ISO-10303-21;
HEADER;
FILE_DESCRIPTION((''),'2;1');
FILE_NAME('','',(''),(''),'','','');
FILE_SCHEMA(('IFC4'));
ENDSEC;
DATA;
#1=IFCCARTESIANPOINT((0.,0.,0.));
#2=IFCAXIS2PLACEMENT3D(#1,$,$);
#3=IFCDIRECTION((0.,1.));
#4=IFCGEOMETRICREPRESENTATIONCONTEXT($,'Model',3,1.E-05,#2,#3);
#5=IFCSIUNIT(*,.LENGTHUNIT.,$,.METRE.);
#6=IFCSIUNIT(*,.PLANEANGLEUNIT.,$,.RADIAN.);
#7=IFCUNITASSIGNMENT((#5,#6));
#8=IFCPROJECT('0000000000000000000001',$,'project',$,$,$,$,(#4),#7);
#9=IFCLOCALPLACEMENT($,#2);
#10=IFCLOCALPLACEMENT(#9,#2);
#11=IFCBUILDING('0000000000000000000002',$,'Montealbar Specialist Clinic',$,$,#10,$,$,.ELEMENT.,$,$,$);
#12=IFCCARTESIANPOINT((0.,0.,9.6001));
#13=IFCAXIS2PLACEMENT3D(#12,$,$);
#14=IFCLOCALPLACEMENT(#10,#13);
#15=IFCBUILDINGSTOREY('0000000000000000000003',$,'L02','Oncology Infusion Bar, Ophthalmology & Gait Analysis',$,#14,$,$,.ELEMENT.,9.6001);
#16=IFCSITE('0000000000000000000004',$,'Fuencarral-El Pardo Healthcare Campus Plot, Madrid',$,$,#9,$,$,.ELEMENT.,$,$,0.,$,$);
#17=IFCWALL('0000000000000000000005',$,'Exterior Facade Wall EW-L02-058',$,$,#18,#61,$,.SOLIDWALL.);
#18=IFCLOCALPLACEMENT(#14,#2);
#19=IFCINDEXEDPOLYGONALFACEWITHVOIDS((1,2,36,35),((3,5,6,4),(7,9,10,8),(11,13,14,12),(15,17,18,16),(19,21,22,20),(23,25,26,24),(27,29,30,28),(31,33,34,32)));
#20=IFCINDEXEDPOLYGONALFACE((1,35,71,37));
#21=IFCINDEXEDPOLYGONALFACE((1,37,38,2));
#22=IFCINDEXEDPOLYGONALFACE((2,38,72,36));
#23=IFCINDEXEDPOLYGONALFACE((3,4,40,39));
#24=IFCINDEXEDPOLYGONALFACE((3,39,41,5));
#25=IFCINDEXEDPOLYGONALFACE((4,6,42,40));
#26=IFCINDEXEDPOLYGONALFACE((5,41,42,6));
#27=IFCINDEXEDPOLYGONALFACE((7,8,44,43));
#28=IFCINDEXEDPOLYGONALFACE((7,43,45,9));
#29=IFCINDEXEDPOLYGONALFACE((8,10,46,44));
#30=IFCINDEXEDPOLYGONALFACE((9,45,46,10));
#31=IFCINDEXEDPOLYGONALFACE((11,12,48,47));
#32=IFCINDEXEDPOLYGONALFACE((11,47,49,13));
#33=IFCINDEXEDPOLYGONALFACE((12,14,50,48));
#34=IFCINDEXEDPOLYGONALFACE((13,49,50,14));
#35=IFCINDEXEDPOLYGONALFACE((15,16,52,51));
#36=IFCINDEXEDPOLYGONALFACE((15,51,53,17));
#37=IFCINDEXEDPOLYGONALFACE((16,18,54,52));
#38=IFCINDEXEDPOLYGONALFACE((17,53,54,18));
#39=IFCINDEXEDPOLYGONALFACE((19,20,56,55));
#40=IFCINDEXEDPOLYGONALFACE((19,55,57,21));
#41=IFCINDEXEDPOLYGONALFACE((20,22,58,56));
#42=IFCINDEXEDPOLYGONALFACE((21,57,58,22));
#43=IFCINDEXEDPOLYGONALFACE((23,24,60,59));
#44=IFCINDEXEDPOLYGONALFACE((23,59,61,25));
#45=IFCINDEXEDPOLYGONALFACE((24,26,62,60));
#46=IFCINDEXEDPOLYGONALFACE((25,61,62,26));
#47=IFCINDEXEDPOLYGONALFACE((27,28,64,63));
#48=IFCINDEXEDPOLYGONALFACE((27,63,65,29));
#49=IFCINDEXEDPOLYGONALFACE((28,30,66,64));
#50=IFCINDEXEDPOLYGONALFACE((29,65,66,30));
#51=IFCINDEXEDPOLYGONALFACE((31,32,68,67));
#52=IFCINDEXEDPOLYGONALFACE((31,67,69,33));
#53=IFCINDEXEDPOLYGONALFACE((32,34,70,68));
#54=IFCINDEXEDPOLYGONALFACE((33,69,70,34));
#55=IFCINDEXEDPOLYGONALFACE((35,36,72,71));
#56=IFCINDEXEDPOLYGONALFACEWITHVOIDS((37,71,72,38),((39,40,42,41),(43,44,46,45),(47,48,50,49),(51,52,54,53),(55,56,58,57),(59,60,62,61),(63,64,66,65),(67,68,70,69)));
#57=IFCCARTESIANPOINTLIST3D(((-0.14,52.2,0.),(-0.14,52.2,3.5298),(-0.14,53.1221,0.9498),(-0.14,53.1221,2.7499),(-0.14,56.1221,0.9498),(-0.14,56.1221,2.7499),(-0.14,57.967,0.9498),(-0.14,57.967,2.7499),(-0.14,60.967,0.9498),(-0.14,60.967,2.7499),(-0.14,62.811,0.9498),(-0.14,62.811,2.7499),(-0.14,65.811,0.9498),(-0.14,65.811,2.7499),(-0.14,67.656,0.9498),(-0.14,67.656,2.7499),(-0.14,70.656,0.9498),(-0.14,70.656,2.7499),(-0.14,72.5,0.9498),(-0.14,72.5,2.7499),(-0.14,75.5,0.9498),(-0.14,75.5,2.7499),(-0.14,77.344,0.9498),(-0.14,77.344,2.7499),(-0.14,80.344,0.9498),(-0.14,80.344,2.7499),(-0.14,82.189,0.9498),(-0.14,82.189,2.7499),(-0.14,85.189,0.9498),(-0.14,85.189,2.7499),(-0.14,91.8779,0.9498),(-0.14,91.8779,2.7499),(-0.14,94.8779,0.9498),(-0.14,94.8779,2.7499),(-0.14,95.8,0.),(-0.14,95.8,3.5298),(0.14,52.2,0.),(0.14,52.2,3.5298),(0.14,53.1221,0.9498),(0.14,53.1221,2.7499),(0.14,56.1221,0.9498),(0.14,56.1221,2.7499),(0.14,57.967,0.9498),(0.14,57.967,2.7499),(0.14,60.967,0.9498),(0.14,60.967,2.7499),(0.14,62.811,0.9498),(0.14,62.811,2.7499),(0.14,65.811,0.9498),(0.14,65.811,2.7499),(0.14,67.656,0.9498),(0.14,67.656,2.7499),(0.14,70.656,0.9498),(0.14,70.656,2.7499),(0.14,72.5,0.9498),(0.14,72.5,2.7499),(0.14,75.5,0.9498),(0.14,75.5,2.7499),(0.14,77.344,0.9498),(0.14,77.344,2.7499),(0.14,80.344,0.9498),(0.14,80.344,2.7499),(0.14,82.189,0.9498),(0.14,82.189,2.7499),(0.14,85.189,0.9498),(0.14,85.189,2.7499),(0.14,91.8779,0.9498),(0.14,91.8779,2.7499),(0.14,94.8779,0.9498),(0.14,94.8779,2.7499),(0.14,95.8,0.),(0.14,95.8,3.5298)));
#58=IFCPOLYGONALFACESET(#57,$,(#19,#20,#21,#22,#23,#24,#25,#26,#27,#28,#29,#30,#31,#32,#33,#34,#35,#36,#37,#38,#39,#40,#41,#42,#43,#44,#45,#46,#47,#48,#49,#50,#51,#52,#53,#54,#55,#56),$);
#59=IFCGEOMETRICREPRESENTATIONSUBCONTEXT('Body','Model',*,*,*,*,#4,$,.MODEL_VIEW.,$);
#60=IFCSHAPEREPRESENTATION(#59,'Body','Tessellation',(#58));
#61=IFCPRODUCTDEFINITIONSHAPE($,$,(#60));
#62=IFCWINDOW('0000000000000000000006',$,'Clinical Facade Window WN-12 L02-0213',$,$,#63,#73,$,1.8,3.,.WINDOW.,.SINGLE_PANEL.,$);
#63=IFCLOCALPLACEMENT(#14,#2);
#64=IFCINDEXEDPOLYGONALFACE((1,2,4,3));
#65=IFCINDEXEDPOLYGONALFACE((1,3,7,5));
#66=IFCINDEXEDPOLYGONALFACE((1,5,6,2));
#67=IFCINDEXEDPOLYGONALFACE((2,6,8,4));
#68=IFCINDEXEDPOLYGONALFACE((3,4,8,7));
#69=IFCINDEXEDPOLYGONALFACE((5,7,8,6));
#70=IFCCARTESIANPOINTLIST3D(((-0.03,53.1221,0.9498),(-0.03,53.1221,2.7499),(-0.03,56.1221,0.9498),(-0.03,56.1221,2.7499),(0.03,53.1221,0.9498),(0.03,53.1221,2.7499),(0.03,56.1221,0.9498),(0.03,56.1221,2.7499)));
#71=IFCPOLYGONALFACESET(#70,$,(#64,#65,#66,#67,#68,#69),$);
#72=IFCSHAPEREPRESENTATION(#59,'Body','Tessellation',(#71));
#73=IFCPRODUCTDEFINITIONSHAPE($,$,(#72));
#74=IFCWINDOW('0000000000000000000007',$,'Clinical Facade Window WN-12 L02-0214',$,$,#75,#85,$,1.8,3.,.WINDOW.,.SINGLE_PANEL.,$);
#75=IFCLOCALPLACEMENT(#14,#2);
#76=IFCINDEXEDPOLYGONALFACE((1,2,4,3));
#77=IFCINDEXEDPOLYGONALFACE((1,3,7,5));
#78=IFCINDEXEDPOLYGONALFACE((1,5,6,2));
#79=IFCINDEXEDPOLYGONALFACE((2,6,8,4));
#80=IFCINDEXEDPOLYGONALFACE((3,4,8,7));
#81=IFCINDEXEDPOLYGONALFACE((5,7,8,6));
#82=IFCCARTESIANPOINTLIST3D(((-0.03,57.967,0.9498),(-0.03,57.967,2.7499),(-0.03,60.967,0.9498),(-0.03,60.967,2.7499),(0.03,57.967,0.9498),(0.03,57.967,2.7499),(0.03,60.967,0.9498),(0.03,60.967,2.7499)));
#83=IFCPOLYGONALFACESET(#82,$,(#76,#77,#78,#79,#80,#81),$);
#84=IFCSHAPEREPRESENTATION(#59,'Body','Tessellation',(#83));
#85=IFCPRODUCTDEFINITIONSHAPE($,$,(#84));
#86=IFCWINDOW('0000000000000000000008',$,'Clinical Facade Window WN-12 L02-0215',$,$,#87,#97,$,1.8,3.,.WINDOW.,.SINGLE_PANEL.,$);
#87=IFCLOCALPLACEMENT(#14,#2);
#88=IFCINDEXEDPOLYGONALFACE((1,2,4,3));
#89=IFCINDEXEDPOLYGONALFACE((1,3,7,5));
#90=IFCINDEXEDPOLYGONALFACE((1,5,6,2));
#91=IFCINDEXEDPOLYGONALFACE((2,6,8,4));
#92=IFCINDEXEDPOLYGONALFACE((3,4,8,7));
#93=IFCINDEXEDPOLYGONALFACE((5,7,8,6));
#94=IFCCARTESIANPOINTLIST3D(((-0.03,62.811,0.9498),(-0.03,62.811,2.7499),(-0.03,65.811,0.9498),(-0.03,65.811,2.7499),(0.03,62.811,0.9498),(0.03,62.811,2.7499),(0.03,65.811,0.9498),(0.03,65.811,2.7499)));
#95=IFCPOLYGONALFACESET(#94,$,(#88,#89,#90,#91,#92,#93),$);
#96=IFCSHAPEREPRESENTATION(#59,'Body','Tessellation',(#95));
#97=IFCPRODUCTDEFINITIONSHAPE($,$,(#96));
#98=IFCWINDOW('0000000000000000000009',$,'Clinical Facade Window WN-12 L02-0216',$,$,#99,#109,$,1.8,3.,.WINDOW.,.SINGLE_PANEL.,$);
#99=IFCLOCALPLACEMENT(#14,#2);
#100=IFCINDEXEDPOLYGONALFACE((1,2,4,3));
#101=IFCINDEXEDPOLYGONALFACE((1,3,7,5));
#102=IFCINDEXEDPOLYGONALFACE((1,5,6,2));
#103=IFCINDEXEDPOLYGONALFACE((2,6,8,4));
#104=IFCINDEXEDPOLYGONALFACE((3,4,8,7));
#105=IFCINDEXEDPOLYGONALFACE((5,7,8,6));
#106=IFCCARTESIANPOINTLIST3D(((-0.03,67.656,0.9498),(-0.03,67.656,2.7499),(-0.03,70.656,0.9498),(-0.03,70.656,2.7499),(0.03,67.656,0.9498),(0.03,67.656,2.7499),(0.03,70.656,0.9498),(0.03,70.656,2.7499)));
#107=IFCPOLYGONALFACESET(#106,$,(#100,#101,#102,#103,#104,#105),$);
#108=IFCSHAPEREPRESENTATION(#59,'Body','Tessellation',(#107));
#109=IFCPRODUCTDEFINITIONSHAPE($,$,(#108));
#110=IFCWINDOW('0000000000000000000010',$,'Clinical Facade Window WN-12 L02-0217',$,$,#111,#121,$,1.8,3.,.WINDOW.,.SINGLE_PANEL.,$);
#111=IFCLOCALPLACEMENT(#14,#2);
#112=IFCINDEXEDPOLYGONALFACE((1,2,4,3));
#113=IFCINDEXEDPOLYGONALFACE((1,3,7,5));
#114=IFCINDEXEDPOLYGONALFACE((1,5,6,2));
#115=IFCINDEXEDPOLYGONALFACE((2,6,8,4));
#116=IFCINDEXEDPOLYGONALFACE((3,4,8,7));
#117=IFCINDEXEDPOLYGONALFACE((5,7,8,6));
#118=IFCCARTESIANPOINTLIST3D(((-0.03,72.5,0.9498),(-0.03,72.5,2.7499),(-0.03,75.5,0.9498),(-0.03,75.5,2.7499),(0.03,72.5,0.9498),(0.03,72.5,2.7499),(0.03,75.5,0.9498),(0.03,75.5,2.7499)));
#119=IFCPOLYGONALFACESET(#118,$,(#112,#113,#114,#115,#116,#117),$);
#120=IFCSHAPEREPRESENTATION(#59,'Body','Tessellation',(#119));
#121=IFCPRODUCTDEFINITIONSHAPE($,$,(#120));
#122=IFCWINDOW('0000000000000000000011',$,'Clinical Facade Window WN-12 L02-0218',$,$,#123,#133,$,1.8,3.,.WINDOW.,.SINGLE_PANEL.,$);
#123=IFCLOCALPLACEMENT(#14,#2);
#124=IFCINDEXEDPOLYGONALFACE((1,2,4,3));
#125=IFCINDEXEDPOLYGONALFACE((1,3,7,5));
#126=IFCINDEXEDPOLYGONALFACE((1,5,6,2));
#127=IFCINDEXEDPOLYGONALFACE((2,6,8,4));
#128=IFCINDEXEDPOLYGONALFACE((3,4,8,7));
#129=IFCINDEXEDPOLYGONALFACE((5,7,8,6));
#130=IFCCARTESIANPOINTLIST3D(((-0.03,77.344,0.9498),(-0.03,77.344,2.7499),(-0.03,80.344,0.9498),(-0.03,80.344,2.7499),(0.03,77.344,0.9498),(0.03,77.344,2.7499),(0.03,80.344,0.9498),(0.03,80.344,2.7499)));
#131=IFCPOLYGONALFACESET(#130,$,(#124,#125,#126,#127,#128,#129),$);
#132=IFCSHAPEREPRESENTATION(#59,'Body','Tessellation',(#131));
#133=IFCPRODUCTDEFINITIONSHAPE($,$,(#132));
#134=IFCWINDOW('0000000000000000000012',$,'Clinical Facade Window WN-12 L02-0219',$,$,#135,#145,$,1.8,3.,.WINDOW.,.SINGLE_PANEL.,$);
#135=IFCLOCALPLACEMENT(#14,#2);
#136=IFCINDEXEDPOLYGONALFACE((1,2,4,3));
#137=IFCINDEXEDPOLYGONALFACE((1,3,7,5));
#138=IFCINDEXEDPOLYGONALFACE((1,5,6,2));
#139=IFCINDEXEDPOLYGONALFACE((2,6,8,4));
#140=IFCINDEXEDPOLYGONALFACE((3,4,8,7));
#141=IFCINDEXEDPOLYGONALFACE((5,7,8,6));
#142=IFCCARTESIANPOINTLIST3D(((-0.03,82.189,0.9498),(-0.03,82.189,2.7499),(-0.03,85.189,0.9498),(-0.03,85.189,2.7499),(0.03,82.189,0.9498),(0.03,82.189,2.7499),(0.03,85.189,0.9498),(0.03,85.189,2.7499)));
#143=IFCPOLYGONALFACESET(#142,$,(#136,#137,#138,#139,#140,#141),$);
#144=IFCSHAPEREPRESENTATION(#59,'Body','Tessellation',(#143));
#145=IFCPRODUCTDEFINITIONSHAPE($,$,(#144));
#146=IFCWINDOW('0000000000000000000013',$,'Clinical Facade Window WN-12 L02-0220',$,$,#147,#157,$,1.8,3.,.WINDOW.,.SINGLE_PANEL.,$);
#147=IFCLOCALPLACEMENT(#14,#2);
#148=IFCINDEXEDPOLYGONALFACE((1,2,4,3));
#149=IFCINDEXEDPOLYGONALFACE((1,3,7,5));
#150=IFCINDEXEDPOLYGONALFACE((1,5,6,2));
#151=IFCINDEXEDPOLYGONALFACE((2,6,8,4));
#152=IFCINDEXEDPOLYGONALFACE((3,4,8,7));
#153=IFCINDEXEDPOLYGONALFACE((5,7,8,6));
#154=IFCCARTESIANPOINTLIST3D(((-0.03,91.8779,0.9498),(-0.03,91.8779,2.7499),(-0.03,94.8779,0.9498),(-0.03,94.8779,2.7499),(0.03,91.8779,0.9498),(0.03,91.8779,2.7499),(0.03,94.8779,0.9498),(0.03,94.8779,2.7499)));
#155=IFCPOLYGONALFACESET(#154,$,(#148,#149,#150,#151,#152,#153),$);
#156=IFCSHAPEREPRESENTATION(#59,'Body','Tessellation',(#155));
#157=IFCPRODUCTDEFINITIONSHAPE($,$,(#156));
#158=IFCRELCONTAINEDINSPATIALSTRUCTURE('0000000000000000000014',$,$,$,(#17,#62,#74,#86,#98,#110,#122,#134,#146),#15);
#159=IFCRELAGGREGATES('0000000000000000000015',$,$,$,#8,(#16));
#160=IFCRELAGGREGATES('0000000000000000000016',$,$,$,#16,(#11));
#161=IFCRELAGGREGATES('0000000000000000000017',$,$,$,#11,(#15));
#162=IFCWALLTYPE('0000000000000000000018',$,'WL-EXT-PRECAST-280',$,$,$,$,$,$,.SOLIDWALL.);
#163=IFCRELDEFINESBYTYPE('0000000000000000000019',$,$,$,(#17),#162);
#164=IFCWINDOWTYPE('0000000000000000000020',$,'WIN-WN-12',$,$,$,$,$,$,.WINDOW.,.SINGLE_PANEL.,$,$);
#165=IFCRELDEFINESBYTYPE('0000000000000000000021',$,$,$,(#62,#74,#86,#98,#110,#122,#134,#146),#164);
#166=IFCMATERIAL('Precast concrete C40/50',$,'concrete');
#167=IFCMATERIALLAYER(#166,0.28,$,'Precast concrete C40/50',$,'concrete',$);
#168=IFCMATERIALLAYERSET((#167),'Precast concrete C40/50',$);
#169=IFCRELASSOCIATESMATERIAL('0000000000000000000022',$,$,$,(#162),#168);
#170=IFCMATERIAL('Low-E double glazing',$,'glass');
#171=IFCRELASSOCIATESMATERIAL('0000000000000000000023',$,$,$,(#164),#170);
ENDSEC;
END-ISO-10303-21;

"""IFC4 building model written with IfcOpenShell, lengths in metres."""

from ifc_helpers import new_model, si_unit, direction, frame, frame_2d, origin, place, context, subcontext, project, spatial, rectangle, extrude, material, layer, layer_set, type_object, element, fill, save


model = new_model("IFC4")

# Units and contexts
model_context = context("Model", 3, precision=1e-05, world=origin(), true_north=direction((0.0, 1.0)))
body_context = subcontext(model_context, "Body", "Model", "MODEL_VIEW")
ifc_project = project(units=[si_unit("LENGTHUNIT", "METRE"), si_unit("PLANEANGLEUNIT", "RADIAN")], contexts=[model_context])

# Site, building, storey
site_placement = place(None, origin())
site = spatial("IfcSite", under=ifc_project, at=site_placement, Name="Fuencarral-El Pardo Healthcare Campus Plot, Madrid", CompositionType="ELEMENT", RefElevation=0.0)
building_placement = place(site_placement, origin())
building = spatial("IfcBuilding", under=site, at=building_placement, Name="Montealbar Specialist Clinic", CompositionType="ELEMENT")
storey_placement = place(building_placement, frame((0.0, 0.0, 9.6001)))
storey = spatial("IfcBuildingStorey", under=building, at=storey_placement, Name="L02", Description="Oncology Infusion Bar, Ophthalmology & Gait Analysis", CompositionType="ELEMENT", Elevation=9.6001)

# Wall, openings, windows
ifc_material_1 = material(Name="Precast concrete C40/50", Category="concrete")
ifc_layer_1 = layer(ifc_material_1, 0.28, Name="Precast concrete C40/50", Category="concrete")
ifc_layer_set_1 = layer_set([ifc_layer_1], Name="Precast concrete C40/50")
wall_type = type_object("IfcWallType", Name="WL-EXT-PRECAST-280", PredefinedType="SOLIDWALL", material=ifc_layer_set_1)
wall_placement = place(storey_placement, frame((0.0, 52.2, 0.0), z_axis=(0.0, 0.0, 1.0), x_axis=(0.0, 1.0, 0.0)))
wall = element("IfcWall", 1, at=wall_placement, inside=storey, type_object=wall_type, Name="Exterior Facade Wall EW-L02-058", PredefinedType="SOLIDWALL", context=body_context, shape_type="SweptSolid", body=[
    extrude(rectangle(XDim=43.6001, YDim=0.28, at=frame_2d((21.8, 0.0))), origin(), (0.0, 0.0, 1.0), 3.5298),
])
opening_1_placement = place(wall_placement, frame((0.9221, 0.0, 0.95)))
opening_1 = element("IfcOpeningElement", 2, at=opening_1_placement, cuts=wall, PredefinedType="OPENING", context=body_context, shape_type="SweptSolid", body=[
    extrude(rectangle(XDim=3.0, YDim=1.8, at=frame_2d((1.5, 0.8999))), frame((0.0, 0.1499, 0.0), z_axis=(0.0, -1.0, 0.0), x_axis=(1.0, 0.0, 0.0)), (0.0, 0.0, 1.0), 0.3),
])
opening_2_placement = place(wall_placement, frame((5.7671, 0.0, 0.95)))
opening_2 = element("IfcOpeningElement", 3, at=opening_2_placement, cuts=wall, PredefinedType="OPENING", context=body_context, shape_type="SweptSolid", body=[
    extrude(rectangle(XDim=3.0, YDim=1.8, at=frame_2d((1.5, 0.8999))), frame((0.0, 0.1499, 0.0), z_axis=(0.0, -1.0, 0.0), x_axis=(1.0, 0.0, 0.0)), (0.0, 0.0, 1.0), 0.3),
])
opening_3_placement = place(wall_placement, frame((10.6111, 0.0, 0.95)))
opening_3 = element("IfcOpeningElement", 4, at=opening_3_placement, cuts=wall, PredefinedType="OPENING", context=body_context, shape_type="SweptSolid", body=[
    extrude(rectangle(XDim=3.0, YDim=1.8, at=frame_2d((1.5, 0.8999))), frame((0.0, 0.1499, 0.0), z_axis=(0.0, -1.0, 0.0), x_axis=(1.0, 0.0, 0.0)), (0.0, 0.0, 1.0), 0.3),
])
opening_4_placement = place(wall_placement, frame((15.4561, 0.0, 0.95)))
opening_4 = element("IfcOpeningElement", 5, at=opening_4_placement, cuts=wall, PredefinedType="OPENING", context=body_context, shape_type="SweptSolid", body=[
    extrude(rectangle(XDim=3.0, YDim=1.8, at=frame_2d((1.5, 0.8999))), frame((0.0, 0.1499, 0.0), z_axis=(0.0, -1.0, 0.0), x_axis=(1.0, 0.0, 0.0)), (0.0, 0.0, 1.0), 0.3),
])
opening_5_placement = place(wall_placement, frame((20.3, 0.0, 0.95)))
opening_5 = element("IfcOpeningElement", 6, at=opening_5_placement, cuts=wall, PredefinedType="OPENING", context=body_context, shape_type="SweptSolid", body=[
    extrude(rectangle(XDim=3.0, YDim=1.8, at=frame_2d((1.5, 0.8999))), frame((0.0, 0.1499, 0.0), z_axis=(0.0, -1.0, 0.0), x_axis=(1.0, 0.0, 0.0)), (0.0, 0.0, 1.0), 0.3),
])
opening_6_placement = place(wall_placement, frame((25.144, 0.0, 0.95)))
opening_6 = element("IfcOpeningElement", 7, at=opening_6_placement, cuts=wall, PredefinedType="OPENING", context=body_context, shape_type="SweptSolid", body=[
    extrude(rectangle(XDim=3.0, YDim=1.8, at=frame_2d((1.5, 0.8999))), frame((0.0, 0.1499, 0.0), z_axis=(0.0, -1.0, 0.0), x_axis=(1.0, 0.0, 0.0)), (0.0, 0.0, 1.0), 0.3),
])
opening_7_placement = place(wall_placement, frame((29.989, 0.0, 0.95)))
opening_7 = element("IfcOpeningElement", 8, at=opening_7_placement, cuts=wall, PredefinedType="OPENING", context=body_context, shape_type="SweptSolid", body=[
    extrude(rectangle(XDim=3.0, YDim=1.8, at=frame_2d((1.5, 0.8999))), frame((0.0, 0.1499, 0.0), z_axis=(0.0, -1.0, 0.0), x_axis=(1.0, 0.0, 0.0)), (0.0, 0.0, 1.0), 0.3),
])
opening_8_placement = place(wall_placement, frame((39.678, 0.0, 0.95)))
opening_8 = element("IfcOpeningElement", 9, at=opening_8_placement, cuts=wall, PredefinedType="OPENING", context=body_context, shape_type="SweptSolid", body=[
    extrude(rectangle(XDim=3.0, YDim=1.8, at=frame_2d((1.5, 0.8999))), frame((0.0, 0.1499, 0.0), z_axis=(0.0, -1.0, 0.0), x_axis=(1.0, 0.0, 0.0)), (0.0, 0.0, 1.0), 0.3),
])
ifc_material_2 = material(Name="Low-E double glazing", Category="glass")
window_type = type_object("IfcWindowType", Name="WIN-WN-12", PartitioningType="SINGLE_PANEL", PredefinedType="WINDOW", material=ifc_material_2)
window_1_placement = place(opening_1_placement, origin())
window_1 = element("IfcWindow", 10, at=window_1_placement, inside=storey, type_object=window_type, Name="Clinical Facade Window WN-12 L02-0213", OverallHeight=1.8, OverallWidth=3.0, PartitioningType="SINGLE_PANEL", PredefinedType="WINDOW", context=body_context, shape_type="SweptSolid", body=[
    extrude(rectangle(XDim=3.0, YDim=1.8, at=frame_2d((1.5, 0.8999))), frame((0.0, 0.03, 0.0), z_axis=(0.0, -1.0, 0.0), x_axis=(1.0, 0.0, 0.0)), (0.0, 0.0, 1.0), 0.0601),
])
fill(opening_1, window_1)
window_2_placement = place(opening_2_placement, origin())
window_2 = element("IfcWindow", 11, at=window_2_placement, inside=storey, type_object=window_type, Name="Clinical Facade Window WN-12 L02-0214", OverallHeight=1.8, OverallWidth=3.0, PartitioningType="SINGLE_PANEL", PredefinedType="WINDOW", context=body_context, shape_type="SweptSolid", body=[
    extrude(rectangle(XDim=3.0, YDim=1.8, at=frame_2d((1.5, 0.8999))), frame((0.0, 0.03, 0.0), z_axis=(0.0, -1.0, 0.0), x_axis=(1.0, 0.0, 0.0)), (0.0, 0.0, 1.0), 0.0601),
])
fill(opening_2, window_2)
window_3_placement = place(opening_3_placement, origin())
window_3 = element("IfcWindow", 12, at=window_3_placement, inside=storey, type_object=window_type, Name="Clinical Facade Window WN-12 L02-0215", OverallHeight=1.8, OverallWidth=3.0, PartitioningType="SINGLE_PANEL", PredefinedType="WINDOW", context=body_context, shape_type="SweptSolid", body=[
    extrude(rectangle(XDim=3.0, YDim=1.8, at=frame_2d((1.5, 0.8999))), frame((0.0, 0.03, 0.0), z_axis=(0.0, -1.0, 0.0), x_axis=(1.0, 0.0, 0.0)), (0.0, 0.0, 1.0), 0.0601),
])
fill(opening_3, window_3)
window_4_placement = place(opening_4_placement, origin())
window_4 = element("IfcWindow", 13, at=window_4_placement, inside=storey, type_object=window_type, Name="Clinical Facade Window WN-12 L02-0216", OverallHeight=1.8, OverallWidth=3.0, PartitioningType="SINGLE_PANEL", PredefinedType="WINDOW", context=body_context, shape_type="SweptSolid", body=[
    extrude(rectangle(XDim=3.0, YDim=1.8, at=frame_2d((1.5, 0.8999))), frame((0.0, 0.03, 0.0), z_axis=(0.0, -1.0, 0.0), x_axis=(1.0, 0.0, 0.0)), (0.0, 0.0, 1.0), 0.0601),
])
fill(opening_4, window_4)
window_5_placement = place(opening_5_placement, origin())
window_5 = element("IfcWindow", 14, at=window_5_placement, inside=storey, type_object=window_type, Name="Clinical Facade Window WN-12 L02-0217", OverallHeight=1.8, OverallWidth=3.0, PartitioningType="SINGLE_PANEL", PredefinedType="WINDOW", context=body_context, shape_type="SweptSolid", body=[
    extrude(rectangle(XDim=3.0, YDim=1.8, at=frame_2d((1.5, 0.8999))), frame((0.0, 0.03, 0.0), z_axis=(0.0, -1.0, 0.0), x_axis=(1.0, 0.0, 0.0)), (0.0, 0.0, 1.0), 0.0601),
])
fill(opening_5, window_5)
window_6_placement = place(opening_6_placement, origin())
window_6 = element("IfcWindow", 15, at=window_6_placement, inside=storey, type_object=window_type, Name="Clinical Facade Window WN-12 L02-0218", OverallHeight=1.8, OverallWidth=3.0, PartitioningType="SINGLE_PANEL", PredefinedType="WINDOW", context=body_context, shape_type="SweptSolid", body=[
    extrude(rectangle(XDim=3.0, YDim=1.8, at=frame_2d((1.5, 0.8999))), frame((0.0, 0.03, 0.0), z_axis=(0.0, -1.0, 0.0), x_axis=(1.0, 0.0, 0.0)), (0.0, 0.0, 1.0), 0.0601),
])
fill(opening_6, window_6)
window_7_placement = place(opening_7_placement, origin())
window_7 = element("IfcWindow", 16, at=window_7_placement, inside=storey, type_object=window_type, Name="Clinical Facade Window WN-12 L02-0219", OverallHeight=1.8, OverallWidth=3.0, PartitioningType="SINGLE_PANEL", PredefinedType="WINDOW", context=body_context, shape_type="SweptSolid", body=[
    extrude(rectangle(XDim=3.0, YDim=1.8, at=frame_2d((1.5, 0.8999))), frame((0.0, 0.03, 0.0), z_axis=(0.0, -1.0, 0.0), x_axis=(1.0, 0.0, 0.0)), (0.0, 0.0, 1.0), 0.0601),
])
fill(opening_7, window_7)
window_8_placement = place(opening_8_placement, origin())
window_8 = element("IfcWindow", 17, at=window_8_placement, inside=storey, type_object=window_type, Name="Clinical Facade Window WN-12 L02-0220", OverallHeight=1.8, OverallWidth=3.0, PartitioningType="SINGLE_PANEL", PredefinedType="WINDOW", context=body_context, shape_type="SweptSolid", body=[
    extrude(rectangle(XDim=3.0, YDim=1.8, at=frame_2d((1.5, 0.8999))), frame((0.0, 0.03, 0.0), z_axis=(0.0, -1.0, 0.0), x_axis=(1.0, 0.0, 0.0)), (0.0, 0.0, 1.0), 0.0601),
])
fill(opening_8, window_8)

save(model, "model.ifc")
